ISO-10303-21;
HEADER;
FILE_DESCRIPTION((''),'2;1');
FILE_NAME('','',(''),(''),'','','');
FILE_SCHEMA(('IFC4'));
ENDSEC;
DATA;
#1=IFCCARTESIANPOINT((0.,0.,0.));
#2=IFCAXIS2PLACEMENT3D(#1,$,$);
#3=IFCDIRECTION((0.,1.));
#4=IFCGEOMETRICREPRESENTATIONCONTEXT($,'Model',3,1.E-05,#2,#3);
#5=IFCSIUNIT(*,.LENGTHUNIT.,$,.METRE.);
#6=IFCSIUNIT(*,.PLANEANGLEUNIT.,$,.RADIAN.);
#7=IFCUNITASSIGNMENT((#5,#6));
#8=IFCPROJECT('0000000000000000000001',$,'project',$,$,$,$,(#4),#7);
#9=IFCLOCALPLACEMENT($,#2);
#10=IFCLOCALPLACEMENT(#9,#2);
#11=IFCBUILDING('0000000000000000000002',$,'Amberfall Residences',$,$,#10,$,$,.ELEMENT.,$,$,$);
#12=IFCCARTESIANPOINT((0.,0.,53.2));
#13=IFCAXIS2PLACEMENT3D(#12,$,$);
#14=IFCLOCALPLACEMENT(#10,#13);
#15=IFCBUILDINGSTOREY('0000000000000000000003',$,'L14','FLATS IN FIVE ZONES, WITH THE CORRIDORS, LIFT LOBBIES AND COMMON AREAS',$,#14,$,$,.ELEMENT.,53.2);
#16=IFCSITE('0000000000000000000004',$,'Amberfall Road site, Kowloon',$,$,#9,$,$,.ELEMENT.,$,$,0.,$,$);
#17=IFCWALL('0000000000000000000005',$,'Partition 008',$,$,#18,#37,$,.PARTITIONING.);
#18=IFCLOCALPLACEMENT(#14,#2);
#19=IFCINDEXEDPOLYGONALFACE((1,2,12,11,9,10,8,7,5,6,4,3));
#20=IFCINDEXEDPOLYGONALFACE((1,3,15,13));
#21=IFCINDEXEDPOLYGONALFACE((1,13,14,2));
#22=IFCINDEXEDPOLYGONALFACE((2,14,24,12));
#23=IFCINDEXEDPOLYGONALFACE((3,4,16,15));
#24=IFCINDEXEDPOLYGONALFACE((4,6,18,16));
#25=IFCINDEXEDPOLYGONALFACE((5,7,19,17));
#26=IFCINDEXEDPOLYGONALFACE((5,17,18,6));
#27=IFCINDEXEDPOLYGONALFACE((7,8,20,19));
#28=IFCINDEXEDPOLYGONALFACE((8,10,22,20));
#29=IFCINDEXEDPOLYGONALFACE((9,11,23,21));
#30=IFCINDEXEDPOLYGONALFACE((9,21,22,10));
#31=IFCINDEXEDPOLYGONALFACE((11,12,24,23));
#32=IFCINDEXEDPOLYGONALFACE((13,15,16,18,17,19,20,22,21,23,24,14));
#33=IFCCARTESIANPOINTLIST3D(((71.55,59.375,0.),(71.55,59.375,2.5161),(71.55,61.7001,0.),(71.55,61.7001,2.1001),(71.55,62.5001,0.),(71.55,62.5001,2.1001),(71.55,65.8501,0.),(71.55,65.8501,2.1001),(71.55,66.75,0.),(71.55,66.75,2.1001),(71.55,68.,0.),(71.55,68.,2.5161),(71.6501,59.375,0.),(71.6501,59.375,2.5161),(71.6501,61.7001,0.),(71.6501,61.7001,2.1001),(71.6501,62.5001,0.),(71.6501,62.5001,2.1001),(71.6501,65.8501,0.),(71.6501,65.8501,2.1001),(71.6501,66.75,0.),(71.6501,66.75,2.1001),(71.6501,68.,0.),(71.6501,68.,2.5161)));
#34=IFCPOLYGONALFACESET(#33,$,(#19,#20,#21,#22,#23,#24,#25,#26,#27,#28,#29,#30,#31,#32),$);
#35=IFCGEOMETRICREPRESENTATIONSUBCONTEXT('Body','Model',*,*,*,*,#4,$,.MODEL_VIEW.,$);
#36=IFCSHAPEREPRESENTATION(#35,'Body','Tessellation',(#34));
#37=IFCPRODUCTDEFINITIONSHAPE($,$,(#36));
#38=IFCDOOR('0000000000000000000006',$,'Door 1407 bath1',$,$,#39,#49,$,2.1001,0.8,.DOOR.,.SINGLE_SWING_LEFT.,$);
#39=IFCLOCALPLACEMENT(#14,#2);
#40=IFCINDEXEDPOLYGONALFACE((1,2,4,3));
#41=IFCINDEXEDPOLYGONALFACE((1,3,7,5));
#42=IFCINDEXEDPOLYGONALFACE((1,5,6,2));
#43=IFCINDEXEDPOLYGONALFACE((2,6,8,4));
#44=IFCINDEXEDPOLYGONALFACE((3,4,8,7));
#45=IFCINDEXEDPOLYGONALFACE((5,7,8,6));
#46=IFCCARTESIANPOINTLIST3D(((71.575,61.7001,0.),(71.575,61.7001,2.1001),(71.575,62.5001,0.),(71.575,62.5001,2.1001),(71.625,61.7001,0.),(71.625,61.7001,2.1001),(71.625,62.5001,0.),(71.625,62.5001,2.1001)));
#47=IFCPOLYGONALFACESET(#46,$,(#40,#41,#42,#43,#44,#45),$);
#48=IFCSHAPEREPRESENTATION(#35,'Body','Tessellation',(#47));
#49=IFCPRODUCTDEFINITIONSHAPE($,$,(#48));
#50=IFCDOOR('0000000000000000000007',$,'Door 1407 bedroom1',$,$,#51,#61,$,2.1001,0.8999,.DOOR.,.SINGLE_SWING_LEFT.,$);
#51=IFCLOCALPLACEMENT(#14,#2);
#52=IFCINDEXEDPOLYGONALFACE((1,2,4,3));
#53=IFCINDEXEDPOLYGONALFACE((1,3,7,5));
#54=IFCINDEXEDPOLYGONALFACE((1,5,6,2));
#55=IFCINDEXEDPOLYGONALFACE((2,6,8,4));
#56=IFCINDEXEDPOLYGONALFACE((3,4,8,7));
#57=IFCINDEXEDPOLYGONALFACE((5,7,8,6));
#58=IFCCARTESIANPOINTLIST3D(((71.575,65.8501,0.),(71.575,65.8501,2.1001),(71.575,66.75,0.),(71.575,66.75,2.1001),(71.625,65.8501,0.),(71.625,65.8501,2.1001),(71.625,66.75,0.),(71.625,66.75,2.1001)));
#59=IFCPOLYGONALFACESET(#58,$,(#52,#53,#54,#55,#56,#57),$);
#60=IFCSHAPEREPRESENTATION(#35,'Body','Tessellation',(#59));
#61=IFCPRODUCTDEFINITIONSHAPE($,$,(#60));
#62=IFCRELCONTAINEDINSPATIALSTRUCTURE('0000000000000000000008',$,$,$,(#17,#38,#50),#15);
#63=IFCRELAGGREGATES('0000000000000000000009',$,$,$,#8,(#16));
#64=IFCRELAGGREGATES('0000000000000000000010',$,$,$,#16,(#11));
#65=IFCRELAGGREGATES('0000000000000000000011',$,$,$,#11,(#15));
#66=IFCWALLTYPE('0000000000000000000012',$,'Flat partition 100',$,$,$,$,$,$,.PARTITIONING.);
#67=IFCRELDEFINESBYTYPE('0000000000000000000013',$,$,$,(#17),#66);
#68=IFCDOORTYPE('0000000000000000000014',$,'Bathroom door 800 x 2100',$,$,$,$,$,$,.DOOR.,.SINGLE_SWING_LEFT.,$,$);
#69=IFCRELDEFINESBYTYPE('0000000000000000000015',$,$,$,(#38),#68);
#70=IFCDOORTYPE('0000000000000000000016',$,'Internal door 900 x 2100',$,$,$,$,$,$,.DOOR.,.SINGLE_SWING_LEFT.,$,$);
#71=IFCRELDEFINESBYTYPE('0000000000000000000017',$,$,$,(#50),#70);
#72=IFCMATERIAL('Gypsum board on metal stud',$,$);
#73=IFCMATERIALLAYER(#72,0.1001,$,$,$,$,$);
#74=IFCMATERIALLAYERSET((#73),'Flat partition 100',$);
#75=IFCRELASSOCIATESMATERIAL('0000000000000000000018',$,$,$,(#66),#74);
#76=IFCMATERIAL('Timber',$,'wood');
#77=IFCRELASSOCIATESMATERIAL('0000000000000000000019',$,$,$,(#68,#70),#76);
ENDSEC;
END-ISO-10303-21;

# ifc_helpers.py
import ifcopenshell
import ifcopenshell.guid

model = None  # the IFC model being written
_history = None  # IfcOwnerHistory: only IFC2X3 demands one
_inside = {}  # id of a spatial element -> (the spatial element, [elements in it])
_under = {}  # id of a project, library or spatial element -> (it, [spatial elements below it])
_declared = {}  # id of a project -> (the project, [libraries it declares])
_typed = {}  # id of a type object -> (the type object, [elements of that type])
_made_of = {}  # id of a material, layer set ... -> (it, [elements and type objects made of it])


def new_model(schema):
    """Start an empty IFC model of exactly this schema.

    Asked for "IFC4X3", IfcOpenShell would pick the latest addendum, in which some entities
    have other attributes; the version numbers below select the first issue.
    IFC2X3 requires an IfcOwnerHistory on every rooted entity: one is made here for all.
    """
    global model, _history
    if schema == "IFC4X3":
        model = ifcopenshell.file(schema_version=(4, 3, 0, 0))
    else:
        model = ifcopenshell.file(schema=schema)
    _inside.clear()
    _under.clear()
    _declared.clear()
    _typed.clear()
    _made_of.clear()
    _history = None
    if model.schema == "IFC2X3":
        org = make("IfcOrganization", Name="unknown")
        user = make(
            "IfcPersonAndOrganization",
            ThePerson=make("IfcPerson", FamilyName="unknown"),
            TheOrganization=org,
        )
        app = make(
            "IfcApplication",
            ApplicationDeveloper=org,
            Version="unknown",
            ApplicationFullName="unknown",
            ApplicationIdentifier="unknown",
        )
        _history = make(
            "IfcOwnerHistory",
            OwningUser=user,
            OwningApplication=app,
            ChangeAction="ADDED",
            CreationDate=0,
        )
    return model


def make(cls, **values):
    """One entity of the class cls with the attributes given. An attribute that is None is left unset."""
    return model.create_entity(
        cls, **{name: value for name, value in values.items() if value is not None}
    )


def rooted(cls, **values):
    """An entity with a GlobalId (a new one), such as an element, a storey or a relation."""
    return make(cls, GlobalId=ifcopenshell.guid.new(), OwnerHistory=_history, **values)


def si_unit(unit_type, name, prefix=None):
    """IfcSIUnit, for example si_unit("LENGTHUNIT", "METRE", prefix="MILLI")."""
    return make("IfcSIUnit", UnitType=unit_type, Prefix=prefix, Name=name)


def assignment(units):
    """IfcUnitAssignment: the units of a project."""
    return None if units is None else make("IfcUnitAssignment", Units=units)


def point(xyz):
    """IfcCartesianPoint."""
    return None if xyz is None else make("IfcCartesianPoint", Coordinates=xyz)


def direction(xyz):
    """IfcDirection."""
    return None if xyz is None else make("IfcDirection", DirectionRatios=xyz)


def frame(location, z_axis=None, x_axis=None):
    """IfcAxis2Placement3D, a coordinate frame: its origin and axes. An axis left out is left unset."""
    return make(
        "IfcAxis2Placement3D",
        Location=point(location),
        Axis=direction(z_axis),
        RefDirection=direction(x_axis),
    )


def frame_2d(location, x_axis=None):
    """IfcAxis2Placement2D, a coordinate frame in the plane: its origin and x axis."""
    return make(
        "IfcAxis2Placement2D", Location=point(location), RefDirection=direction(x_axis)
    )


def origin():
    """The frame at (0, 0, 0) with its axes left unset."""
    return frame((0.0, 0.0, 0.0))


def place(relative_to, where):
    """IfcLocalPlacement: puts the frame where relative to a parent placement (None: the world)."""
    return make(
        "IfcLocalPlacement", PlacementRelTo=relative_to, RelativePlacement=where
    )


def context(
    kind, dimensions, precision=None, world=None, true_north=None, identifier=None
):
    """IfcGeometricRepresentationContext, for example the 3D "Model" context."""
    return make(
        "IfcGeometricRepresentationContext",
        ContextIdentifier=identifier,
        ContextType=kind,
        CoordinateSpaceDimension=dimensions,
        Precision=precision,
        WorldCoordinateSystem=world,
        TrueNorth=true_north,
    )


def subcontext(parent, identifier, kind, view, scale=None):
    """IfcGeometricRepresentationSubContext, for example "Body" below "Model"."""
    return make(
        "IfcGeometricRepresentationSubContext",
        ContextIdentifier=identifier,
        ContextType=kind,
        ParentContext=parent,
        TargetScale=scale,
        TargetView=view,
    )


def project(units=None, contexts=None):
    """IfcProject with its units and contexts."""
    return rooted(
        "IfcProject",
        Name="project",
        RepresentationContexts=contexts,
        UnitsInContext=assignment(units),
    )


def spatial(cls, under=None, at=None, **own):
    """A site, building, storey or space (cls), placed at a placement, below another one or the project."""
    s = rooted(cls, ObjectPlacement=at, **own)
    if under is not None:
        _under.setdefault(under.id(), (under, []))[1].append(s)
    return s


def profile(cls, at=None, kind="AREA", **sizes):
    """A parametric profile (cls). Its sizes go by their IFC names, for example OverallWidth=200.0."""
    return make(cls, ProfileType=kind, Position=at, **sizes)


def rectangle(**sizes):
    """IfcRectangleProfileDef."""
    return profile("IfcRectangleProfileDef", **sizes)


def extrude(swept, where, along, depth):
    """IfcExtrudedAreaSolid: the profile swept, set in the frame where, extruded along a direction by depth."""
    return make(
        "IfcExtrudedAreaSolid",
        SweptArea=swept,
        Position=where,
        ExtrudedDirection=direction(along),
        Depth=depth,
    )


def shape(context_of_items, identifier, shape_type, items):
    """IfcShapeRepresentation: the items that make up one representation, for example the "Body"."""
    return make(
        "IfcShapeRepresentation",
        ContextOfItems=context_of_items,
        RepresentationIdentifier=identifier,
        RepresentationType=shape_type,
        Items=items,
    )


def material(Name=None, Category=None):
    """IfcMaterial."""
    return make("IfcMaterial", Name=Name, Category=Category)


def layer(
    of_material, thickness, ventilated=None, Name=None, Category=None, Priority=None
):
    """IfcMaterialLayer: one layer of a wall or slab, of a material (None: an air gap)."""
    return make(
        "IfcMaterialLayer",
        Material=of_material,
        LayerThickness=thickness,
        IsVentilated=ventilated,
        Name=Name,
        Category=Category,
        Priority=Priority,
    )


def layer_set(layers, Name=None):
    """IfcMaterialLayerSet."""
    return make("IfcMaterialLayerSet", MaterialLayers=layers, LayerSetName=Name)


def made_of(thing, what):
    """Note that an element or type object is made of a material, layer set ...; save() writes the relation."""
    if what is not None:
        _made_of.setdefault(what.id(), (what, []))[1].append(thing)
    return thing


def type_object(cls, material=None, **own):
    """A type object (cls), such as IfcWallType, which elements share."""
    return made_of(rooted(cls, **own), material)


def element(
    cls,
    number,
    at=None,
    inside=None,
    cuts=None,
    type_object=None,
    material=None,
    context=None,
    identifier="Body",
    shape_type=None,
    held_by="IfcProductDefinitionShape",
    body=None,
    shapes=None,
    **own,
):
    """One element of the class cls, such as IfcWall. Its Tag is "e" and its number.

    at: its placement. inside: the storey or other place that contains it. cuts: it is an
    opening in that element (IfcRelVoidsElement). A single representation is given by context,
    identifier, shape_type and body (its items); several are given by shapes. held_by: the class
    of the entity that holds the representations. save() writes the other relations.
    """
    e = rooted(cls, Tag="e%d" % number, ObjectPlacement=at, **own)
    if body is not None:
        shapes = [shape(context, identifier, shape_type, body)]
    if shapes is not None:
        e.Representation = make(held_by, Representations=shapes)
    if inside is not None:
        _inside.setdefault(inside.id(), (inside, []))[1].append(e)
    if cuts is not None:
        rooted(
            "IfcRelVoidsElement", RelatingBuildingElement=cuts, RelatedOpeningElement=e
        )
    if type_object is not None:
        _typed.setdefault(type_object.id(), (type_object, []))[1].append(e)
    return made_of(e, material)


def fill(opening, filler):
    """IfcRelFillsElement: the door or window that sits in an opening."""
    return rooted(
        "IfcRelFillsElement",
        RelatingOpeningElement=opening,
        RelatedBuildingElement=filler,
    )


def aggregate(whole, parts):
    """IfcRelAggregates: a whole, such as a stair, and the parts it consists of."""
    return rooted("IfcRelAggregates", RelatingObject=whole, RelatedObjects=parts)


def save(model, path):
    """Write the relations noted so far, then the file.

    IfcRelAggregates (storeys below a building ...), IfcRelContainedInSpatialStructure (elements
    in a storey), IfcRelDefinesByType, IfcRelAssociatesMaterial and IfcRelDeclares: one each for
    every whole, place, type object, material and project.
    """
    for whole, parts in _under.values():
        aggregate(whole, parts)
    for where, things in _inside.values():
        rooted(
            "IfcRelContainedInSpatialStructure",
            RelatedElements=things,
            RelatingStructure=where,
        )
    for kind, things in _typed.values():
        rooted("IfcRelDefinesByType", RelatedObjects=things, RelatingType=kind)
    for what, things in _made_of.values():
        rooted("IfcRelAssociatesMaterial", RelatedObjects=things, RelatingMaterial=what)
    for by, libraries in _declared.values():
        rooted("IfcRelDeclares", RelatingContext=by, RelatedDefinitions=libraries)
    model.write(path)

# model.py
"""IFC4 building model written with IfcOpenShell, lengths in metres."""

from ifc_helpers import new_model, si_unit, direction, frame, frame_2d, origin, place, context, subcontext, project, spatial, rectangle, extrude, material, layer, layer_set, type_object, element, fill, save


model = new_model("IFC4")

# Units and contexts
model_context = context("Model", 3, precision=1e-05, world=origin(), true_north=direction((0.0, 1.0)))
body_context = subcontext(model_context, "Body", "Model", "MODEL_VIEW")
ifc_project = project(units=[si_unit("LENGTHUNIT", "METRE"), si_unit("PLANEANGLEUNIT", "RADIAN")], contexts=[model_context])

# Site, building, storey
site_placement = place(None, origin())
site = spatial("IfcSite", under=ifc_project, at=site_placement, Name="Amberfall Road site, Kowloon", CompositionType="ELEMENT", RefElevation=0.0)
building_placement = place(site_placement, origin())
building = spatial("IfcBuilding", under=site, at=building_placement, Name="Amberfall Residences", CompositionType="ELEMENT")
storey_placement = place(building_placement, frame((0.0, 0.0, 53.2)))
storey = spatial("IfcBuildingStorey", under=building, at=storey_placement, Name="L14", Description="FLATS IN FIVE ZONES, WITH THE CORRIDORS, LIFT LOBBIES AND COMMON AREAS", CompositionType="ELEMENT", Elevation=53.2)

# Wall, openings, doors
ifc_material_1 = material(Name="Gypsum board on metal stud")
ifc_layer_1 = layer(ifc_material_1, 0.1001)
ifc_layer_set_1 = layer_set([ifc_layer_1], Name="Flat partition 100")
wall_type = type_object("IfcWallType", Name="Flat partition 100", PredefinedType="PARTITIONING", material=ifc_layer_set_1)
wall_placement = place(storey_placement, frame((71.6001, 68.0, 0.0), z_axis=(0.0, 0.0, 1.0), x_axis=(0.0, -1.0, 0.0)))
wall = element("IfcWall", 1, at=wall_placement, inside=storey, type_object=wall_type, Name="Partition 008", PredefinedType="PARTITIONING", context=body_context, shape_type="SweptSolid", body=[
    extrude(rectangle(XDim=8.625, YDim=0.1001, at=frame_2d((4.3125, 0.0))), origin(), (0.0, 0.0, 1.0), 2.5161),
])
opening_1_placement = place(wall_placement, frame((1.25, 0.0, 0.0)))
opening_1 = element("IfcOpeningElement", 2, at=opening_1_placement, cuts=wall, PredefinedType="OPENING", context=body_context, shape_type="SweptSolid", body=[
    extrude(rectangle(XDim=0.8999, YDim=2.1001, at=frame_2d((0.45, 1.05))), frame((0.0, 0.0601, 0.0), z_axis=(0.0, -1.0, 0.0), x_axis=(1.0, 0.0, 0.0)), (0.0, 0.0, 1.0), 0.1201),
])
opening_2_placement = place(wall_placement, frame((5.5, 0.0, 0.0)))
opening_2 = element("IfcOpeningElement", 3, at=opening_2_placement, cuts=wall, PredefinedType="OPENING", context=body_context, shape_type="SweptSolid", body=[
    extrude(rectangle(XDim=0.8, YDim=2.1001, at=frame_2d((0.3999, 1.05))), frame((0.0, 0.0601, 0.0), z_axis=(0.0, -1.0, 0.0), x_axis=(1.0, 0.0, 0.0)), (0.0, 0.0, 1.0), 0.1201),
])
ifc_material_2 = material(Name="Timber", Category="wood")
door_type_1 = type_object("IfcDoorType", Name="Bathroom door 800 x 2100", OperationType="SINGLE_SWING_LEFT", PredefinedType="DOOR", material=ifc_material_2)
door_1_placement = place(opening_2_placement, origin())
door_1 = element("IfcDoor", 4, at=door_1_placement, inside=storey, type_object=door_type_1, Name="Door 1407 bath1", OperationType="SINGLE_SWING_LEFT", OverallHeight=2.1001, OverallWidth=0.8, PredefinedType="DOOR", context=body_context, shape_type="SweptSolid", body=[
    extrude(rectangle(XDim=0.8, YDim=2.1001, at=frame_2d((0.3999, 1.05))), frame((0.0, 0.0249, 0.0), z_axis=(0.0, -1.0, 0.0), x_axis=(1.0, 0.0, 0.0)), (0.0, 0.0, 1.0), 0.05),
])
fill(opening_2, door_1)
door_type_2 = type_object("IfcDoorType", Name="Internal door 900 x 2100", OperationType="SINGLE_SWING_LEFT", PredefinedType="DOOR", material=ifc_material_2)
door_2_placement = place(opening_1_placement, origin())
door_2 = element("IfcDoor", 5, at=door_2_placement, inside=storey, type_object=door_type_2, Name="Door 1407 bedroom1", OperationType="SINGLE_SWING_LEFT", OverallHeight=2.1001, OverallWidth=0.8999, PredefinedType="DOOR", context=body_context, shape_type="SweptSolid", body=[
    extrude(rectangle(XDim=0.8999, YDim=2.1001, at=frame_2d((0.45, 1.05))), frame((0.0, 0.0249, 0.0), z_axis=(0.0, -1.0, 0.0), x_axis=(1.0, 0.0, 0.0)), (0.0, 0.0, 1.0), 0.05),
])
fill(opening_1, door_2)

save(model, "model.ifc")
